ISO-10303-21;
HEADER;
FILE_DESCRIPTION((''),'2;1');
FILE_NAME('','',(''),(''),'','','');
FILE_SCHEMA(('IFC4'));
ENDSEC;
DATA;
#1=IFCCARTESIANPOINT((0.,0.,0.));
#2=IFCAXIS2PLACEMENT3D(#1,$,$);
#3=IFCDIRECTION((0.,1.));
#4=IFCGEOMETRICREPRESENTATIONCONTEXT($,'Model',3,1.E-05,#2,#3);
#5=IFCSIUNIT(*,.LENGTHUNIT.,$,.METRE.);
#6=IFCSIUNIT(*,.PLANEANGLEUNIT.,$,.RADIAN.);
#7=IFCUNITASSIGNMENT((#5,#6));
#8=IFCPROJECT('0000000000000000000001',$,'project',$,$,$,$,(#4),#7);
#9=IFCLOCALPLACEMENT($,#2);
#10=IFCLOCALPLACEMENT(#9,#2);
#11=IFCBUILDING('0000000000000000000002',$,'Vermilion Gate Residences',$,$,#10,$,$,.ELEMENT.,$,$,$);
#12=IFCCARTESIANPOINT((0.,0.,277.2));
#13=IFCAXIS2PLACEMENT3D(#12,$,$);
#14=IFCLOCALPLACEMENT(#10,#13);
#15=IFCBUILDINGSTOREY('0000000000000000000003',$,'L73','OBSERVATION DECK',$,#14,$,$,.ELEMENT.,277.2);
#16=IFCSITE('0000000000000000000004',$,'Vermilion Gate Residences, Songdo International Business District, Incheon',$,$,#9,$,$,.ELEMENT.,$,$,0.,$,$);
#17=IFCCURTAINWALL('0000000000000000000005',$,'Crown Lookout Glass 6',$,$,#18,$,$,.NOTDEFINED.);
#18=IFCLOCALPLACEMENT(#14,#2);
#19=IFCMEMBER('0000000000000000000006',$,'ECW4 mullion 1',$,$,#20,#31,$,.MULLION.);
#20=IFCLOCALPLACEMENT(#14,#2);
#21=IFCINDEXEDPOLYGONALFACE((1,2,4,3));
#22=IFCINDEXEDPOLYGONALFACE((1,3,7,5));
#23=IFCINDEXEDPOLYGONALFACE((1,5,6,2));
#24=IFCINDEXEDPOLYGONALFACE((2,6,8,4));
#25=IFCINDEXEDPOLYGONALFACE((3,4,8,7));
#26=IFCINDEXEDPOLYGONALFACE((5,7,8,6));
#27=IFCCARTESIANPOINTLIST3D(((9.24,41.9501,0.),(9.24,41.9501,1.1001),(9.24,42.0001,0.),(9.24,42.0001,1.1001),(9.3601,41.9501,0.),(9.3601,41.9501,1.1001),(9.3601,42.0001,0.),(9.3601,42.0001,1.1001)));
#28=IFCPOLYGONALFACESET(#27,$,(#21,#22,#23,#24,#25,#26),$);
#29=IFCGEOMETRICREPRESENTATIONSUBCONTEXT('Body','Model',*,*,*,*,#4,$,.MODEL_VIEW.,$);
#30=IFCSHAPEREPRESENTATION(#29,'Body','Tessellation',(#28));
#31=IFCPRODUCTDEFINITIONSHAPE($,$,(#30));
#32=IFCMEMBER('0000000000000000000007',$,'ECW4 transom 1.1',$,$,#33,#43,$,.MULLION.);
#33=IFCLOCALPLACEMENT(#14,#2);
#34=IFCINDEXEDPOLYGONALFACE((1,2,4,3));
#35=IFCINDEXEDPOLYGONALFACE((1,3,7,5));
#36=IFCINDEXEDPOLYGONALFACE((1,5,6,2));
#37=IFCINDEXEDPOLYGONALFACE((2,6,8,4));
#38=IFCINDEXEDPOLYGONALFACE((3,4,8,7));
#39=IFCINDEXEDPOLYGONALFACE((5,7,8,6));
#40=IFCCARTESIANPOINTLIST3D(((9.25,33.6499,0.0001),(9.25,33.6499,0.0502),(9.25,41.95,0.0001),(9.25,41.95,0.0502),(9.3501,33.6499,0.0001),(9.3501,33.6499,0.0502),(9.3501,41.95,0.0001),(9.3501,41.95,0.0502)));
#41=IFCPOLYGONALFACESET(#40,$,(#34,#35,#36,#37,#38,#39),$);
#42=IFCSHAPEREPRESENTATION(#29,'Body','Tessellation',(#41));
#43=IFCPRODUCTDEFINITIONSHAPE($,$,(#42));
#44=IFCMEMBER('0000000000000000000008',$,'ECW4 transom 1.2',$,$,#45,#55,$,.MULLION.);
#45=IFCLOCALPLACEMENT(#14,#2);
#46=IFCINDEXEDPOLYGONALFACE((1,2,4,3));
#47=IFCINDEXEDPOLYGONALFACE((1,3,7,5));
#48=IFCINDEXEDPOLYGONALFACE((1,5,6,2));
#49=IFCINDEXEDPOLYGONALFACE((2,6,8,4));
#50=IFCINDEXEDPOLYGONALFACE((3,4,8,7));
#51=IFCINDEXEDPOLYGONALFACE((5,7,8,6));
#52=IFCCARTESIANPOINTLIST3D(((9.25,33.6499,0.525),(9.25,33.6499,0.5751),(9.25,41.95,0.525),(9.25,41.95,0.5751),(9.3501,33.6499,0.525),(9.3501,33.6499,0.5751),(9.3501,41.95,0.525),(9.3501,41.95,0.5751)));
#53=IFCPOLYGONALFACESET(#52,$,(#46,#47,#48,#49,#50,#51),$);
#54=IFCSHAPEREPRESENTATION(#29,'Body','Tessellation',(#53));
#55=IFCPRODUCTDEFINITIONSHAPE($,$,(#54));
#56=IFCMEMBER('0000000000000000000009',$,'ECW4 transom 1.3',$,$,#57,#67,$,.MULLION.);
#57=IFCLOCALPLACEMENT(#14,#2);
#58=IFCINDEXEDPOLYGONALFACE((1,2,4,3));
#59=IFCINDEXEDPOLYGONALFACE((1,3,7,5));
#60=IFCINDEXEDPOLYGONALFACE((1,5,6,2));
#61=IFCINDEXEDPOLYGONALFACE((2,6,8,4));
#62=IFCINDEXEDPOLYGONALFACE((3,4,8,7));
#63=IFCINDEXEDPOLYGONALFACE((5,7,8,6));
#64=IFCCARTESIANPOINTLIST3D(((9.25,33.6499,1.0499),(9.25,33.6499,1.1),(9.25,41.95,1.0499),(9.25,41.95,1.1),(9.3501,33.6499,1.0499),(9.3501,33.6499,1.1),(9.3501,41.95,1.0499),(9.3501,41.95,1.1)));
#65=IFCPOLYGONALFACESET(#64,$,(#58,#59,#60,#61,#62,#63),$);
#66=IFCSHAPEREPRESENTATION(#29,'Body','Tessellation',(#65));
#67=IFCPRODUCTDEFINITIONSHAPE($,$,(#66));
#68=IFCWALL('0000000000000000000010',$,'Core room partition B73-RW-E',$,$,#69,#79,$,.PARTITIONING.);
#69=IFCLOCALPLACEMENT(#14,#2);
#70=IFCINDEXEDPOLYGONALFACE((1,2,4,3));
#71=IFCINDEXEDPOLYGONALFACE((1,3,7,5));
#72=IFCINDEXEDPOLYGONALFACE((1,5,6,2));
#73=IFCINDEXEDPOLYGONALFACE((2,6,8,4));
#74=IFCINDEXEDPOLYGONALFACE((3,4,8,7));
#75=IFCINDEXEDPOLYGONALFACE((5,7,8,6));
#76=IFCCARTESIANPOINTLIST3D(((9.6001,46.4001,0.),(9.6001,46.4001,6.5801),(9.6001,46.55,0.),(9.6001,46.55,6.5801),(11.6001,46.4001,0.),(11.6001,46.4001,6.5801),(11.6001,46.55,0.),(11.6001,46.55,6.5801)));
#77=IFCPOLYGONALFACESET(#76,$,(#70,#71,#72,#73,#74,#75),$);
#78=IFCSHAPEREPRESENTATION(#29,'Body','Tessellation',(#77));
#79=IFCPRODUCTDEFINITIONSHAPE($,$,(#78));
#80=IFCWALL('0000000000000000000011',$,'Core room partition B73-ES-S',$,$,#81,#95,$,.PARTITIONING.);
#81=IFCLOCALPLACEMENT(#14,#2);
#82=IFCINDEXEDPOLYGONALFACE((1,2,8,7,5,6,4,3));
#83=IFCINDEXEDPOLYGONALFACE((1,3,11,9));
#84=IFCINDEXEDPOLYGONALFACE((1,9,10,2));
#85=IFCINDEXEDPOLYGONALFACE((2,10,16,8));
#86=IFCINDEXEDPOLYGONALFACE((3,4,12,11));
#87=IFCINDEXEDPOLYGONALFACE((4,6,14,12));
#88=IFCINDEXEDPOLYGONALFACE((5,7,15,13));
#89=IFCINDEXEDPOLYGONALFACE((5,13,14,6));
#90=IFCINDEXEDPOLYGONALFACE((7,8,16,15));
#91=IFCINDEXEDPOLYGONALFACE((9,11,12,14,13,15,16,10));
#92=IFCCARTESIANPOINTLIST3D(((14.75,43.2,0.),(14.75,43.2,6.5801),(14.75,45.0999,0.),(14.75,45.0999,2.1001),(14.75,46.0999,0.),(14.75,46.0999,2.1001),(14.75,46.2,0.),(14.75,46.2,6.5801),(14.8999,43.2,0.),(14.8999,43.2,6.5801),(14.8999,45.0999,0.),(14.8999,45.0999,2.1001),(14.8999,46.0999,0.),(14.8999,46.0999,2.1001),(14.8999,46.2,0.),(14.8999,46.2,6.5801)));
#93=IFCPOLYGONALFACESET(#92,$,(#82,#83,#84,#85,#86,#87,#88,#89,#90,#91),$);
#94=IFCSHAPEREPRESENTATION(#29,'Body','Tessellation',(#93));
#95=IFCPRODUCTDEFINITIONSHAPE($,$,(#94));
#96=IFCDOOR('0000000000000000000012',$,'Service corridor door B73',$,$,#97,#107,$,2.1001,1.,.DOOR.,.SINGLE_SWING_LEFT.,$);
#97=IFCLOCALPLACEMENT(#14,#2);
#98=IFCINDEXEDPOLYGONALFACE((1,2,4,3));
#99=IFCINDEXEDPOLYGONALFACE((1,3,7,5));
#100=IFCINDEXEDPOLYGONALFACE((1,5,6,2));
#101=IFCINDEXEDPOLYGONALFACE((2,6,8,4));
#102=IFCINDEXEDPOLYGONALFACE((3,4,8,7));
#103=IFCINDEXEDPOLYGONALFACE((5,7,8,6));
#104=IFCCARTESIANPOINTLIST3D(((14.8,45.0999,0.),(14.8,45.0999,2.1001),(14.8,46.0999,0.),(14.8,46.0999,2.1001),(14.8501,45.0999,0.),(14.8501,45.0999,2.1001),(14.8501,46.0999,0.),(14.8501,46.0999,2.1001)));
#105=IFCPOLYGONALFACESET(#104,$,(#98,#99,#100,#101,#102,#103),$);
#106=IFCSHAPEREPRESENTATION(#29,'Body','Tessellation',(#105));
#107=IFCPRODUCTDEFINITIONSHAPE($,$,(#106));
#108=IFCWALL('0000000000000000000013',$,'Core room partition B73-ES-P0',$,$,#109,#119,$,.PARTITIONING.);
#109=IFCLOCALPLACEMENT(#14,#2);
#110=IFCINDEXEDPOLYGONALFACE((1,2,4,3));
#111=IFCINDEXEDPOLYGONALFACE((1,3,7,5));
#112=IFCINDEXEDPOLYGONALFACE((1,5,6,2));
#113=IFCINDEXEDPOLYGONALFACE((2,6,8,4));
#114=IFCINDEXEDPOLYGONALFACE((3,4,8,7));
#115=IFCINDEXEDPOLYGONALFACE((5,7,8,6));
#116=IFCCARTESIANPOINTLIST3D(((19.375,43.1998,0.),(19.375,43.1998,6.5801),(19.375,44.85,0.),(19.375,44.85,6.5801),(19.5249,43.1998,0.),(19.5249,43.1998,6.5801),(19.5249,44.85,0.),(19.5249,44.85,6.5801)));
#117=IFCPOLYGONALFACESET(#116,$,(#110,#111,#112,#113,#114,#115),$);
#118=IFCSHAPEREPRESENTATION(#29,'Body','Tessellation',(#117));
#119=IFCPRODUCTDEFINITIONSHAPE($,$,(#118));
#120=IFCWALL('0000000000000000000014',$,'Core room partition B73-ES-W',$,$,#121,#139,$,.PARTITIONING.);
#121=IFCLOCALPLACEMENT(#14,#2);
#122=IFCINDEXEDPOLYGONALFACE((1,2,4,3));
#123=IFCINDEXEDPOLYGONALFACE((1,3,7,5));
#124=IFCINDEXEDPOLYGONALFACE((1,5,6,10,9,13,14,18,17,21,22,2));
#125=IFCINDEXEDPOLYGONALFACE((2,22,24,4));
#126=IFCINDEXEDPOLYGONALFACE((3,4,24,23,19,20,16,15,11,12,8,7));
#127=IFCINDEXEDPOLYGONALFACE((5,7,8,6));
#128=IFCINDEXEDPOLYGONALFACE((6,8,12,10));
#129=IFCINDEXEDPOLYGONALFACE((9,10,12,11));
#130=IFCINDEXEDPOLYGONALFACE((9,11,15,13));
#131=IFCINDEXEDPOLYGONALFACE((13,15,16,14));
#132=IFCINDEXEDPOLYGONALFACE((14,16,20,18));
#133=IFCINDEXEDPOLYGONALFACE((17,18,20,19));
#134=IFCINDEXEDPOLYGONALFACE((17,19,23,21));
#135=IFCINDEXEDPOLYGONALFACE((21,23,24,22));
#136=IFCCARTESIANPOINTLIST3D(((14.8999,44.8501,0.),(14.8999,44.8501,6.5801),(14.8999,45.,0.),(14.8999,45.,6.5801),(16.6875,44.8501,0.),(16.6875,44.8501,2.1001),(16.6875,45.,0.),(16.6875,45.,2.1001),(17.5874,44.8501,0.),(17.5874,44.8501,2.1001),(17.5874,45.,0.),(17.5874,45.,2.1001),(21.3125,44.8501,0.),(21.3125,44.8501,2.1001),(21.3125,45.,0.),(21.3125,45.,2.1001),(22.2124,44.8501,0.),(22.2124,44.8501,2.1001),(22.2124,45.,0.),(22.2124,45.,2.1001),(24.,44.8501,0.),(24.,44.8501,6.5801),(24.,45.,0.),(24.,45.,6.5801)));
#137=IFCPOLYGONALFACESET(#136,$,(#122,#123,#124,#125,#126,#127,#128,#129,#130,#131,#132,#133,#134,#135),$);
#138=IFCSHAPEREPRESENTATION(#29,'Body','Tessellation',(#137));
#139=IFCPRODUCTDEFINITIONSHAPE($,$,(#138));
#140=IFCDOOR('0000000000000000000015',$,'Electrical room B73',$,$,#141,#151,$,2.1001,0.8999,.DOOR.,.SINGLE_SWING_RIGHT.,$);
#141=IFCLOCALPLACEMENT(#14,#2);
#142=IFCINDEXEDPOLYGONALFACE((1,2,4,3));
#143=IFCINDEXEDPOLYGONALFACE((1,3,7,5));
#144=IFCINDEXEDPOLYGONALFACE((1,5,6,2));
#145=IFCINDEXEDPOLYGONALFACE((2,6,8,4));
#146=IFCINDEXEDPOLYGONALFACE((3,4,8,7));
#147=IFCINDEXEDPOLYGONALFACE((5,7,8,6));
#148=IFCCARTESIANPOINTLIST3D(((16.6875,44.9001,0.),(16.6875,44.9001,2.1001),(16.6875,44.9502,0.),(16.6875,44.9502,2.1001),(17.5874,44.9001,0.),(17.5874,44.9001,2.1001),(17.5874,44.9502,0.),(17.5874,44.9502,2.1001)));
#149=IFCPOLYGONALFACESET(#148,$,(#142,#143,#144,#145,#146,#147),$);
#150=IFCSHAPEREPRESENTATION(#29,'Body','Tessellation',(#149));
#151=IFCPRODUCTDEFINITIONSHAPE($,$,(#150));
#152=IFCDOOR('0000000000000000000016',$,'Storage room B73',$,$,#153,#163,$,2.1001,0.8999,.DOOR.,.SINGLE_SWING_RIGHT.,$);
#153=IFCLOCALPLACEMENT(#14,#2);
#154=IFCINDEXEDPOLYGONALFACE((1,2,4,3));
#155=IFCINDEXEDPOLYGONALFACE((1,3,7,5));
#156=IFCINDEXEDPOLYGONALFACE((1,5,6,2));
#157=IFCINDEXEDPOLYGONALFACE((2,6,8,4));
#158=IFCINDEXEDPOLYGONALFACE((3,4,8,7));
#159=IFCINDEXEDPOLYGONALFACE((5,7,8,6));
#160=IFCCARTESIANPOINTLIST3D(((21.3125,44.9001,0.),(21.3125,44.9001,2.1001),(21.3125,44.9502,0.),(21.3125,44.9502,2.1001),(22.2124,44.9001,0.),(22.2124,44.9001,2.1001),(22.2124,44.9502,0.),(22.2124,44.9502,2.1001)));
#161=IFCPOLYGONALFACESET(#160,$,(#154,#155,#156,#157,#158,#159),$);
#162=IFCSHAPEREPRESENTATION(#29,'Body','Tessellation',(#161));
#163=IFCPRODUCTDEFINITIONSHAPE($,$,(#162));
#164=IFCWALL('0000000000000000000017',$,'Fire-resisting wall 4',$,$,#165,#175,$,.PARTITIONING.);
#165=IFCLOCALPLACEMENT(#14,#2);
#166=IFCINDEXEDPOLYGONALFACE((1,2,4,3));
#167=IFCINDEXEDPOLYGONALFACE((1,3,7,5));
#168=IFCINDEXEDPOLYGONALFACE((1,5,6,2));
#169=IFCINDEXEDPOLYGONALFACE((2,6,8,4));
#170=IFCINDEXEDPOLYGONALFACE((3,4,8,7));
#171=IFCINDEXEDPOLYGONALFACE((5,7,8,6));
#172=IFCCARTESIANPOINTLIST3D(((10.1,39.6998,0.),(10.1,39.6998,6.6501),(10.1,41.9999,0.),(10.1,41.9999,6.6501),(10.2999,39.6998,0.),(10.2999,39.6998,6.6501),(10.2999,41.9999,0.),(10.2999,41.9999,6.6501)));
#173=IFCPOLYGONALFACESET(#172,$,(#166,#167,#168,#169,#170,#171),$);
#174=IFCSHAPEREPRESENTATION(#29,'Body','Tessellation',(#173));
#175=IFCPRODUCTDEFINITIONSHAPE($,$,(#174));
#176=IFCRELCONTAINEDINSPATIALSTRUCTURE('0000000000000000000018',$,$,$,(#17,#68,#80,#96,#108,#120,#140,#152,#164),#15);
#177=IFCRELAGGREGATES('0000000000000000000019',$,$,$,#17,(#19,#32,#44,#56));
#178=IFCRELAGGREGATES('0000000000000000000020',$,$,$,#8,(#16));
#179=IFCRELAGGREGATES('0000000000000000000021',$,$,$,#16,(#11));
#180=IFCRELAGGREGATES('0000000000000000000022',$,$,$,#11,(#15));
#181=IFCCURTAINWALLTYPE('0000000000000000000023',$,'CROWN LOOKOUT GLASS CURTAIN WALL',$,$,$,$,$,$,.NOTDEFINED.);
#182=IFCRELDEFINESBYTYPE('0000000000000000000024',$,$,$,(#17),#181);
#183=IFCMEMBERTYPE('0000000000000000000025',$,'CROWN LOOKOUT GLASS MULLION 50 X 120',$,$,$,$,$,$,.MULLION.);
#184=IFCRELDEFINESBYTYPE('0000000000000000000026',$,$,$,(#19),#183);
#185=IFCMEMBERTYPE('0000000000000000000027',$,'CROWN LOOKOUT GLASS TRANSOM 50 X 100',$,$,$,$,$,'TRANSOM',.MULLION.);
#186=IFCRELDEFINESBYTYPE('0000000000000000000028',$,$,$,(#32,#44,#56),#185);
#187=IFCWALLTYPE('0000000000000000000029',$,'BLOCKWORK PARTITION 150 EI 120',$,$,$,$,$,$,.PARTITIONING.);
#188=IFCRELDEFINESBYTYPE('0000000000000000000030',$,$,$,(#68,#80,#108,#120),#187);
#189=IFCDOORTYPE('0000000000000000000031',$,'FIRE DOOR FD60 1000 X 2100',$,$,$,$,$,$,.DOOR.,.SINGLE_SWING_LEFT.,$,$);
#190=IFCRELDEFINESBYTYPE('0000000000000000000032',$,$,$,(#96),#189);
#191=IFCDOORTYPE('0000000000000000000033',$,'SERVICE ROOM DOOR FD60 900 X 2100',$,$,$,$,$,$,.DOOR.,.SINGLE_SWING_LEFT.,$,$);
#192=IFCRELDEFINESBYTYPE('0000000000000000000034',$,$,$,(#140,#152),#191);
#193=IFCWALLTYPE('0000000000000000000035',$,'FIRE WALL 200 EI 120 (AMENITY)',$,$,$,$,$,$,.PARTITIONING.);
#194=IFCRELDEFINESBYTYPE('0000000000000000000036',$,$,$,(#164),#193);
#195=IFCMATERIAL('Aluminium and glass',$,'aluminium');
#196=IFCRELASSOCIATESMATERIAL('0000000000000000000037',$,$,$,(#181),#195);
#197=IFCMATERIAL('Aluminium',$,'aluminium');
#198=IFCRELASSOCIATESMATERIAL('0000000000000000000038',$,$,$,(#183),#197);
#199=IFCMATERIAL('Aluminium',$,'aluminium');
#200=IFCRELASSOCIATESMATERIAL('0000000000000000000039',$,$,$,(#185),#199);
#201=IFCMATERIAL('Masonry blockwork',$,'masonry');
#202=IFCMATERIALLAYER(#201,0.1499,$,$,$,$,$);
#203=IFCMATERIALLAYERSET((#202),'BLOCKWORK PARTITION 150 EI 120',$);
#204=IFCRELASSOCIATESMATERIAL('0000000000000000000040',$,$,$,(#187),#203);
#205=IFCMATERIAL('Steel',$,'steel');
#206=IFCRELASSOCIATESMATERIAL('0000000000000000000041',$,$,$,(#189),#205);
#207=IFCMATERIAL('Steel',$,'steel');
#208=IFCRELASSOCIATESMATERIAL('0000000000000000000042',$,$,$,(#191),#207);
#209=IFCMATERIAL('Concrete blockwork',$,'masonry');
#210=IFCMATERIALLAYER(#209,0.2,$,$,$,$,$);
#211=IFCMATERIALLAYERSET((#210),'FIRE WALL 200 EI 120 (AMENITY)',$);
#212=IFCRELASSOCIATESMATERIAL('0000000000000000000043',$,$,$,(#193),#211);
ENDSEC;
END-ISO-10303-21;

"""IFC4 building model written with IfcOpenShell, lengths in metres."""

from ifc_helpers import new_model, si_unit, direction, frame, frame_2d, origin, origin_2d, place, context, subcontext, project, spatial, rectangle, extrude, material, layer, layer_set, material_profile, profile_set, type_object, element, fill, aggregate, save


model = new_model("IFC4")

# Units and contexts
model_context = context("Model", 3, precision=1e-05, world=origin(), true_north=direction((0.0, 1.0)))
body_context = subcontext(model_context, "Body", "Model", "MODEL_VIEW")
ifc_project = project(units=[si_unit("LENGTHUNIT", "METRE"), si_unit("PLANEANGLEUNIT", "RADIAN")], contexts=[model_context])

# Site, building, storey
site_placement = place(None, origin())
site = spatial("IfcSite", under=ifc_project, at=site_placement, Name="Vermilion Gate Residences, Songdo International Business District, Incheon", CompositionType="ELEMENT", RefElevation=0.0)
building_placement = place(site_placement, origin())
building = spatial("IfcBuilding", under=site, at=building_placement, Name="Vermilion Gate Residences", CompositionType="ELEMENT")
storey_placement = place(building_placement, frame((0.0, 0.0, 277.2)))
storey = spatial("IfcBuildingStorey", under=building, at=storey_placement, Name="L73", Description="OBSERVATION DECK", CompositionType="ELEMENT", Elevation=277.2)

# Curtain wall, members
ifc_material_1 = material(Name="Aluminium and glass", Category="aluminium")
curtain_wall_type = type_object("IfcCurtainWallType", Name="CROWN LOOKOUT GLASS CURTAIN WALL", PredefinedType="NOTDEFINED", material=ifc_material_1)
curtain_wall_placement = place(storey_placement, origin())
curtain_wall = element("IfcCurtainWall", 1, at=curtain_wall_placement, inside=storey, type_object=curtain_wall_type, Name="Crown Lookout Glass 6", PredefinedType="NOTDEFINED")
ifc_material_2 = material(Name="Aluminium", Category="aluminium")
ifc_material_profile_1 = material_profile(ifc_material_2, rectangle(XDim=0.1201, YDim=0.05, at=origin_2d()), Name="MULLION 50 X 120")
ifc_profile_set_1 = profile_set([ifc_material_profile_1], Name="Aluminium")
member_type_1 = type_object("IfcMemberType", Name="CROWN LOOKOUT GLASS MULLION 50 X 120", PredefinedType="MULLION", material=ifc_profile_set_1)
member_1_placement = place(storey_placement, frame((9.3, 41.9751, 0.0), z_axis=(0.0, 0.0, 1.0), x_axis=(1.0, 0.0, 0.0)))
member_1 = element("IfcMember", 2, at=member_1_placement, type_object=member_type_1, Name="ECW4 mullion 1", PredefinedType="MULLION", context=body_context, shape_type="SweptSolid", body=[
    extrude(rectangle(XDim=0.1201, YDim=0.05, at=origin_2d()), origin(), (0.0, 0.0, 1.0), 1.1001),
])
ifc_material_3 = material(Name="Aluminium", Category="aluminium")
ifc_material_profile_2 = material_profile(ifc_material_3, rectangle(XDim=0.1001, YDim=0.05, at=origin_2d()), Name="TRANSOM 50 X 100")
ifc_profile_set_2 = profile_set([ifc_material_profile_2], Name="Aluminium")
member_type_2 = type_object("IfcMemberType", Name="CROWN LOOKOUT GLASS TRANSOM 50 X 100", ElementType="TRANSOM", PredefinedType="MULLION", material=ifc_profile_set_2)
member_2_placement = place(storey_placement, frame((9.3, 41.95, 0.0251), z_axis=(0.0, -1.0, 0.0), x_axis=(1.0, 0.0, 0.0)))
member_2 = element("IfcMember", 3, at=member_2_placement, type_object=member_type_2, Name="ECW4 transom 1.1", PredefinedType="MULLION", context=body_context, shape_type="SweptSolid", body=[
    extrude(rectangle(XDim=0.1001, YDim=0.05, at=origin_2d()), origin(), (0.0, 0.0, 1.0), 8.3),
])
member_3_placement = place(storey_placement, frame((9.3, 41.95, 0.55), z_axis=(0.0, -1.0, 0.0), x_axis=(1.0, 0.0, 0.0)))
member_3 = element("IfcMember", 4, at=member_3_placement, type_object=member_type_2, Name="ECW4 transom 1.2", PredefinedType="MULLION", context=body_context, shape_type="SweptSolid", body=[
    extrude(rectangle(XDim=0.1001, YDim=0.05, at=origin_2d()), origin(), (0.0, 0.0, 1.0), 8.3),
])
member_4_placement = place(storey_placement, frame((9.3, 41.95, 1.075), z_axis=(0.0, -1.0, 0.0), x_axis=(1.0, 0.0, 0.0)))
member_4 = element("IfcMember", 5, at=member_4_placement, type_object=member_type_2, Name="ECW4 transom 1.3", PredefinedType="MULLION", context=body_context, shape_type="SweptSolid", body=[
    extrude(rectangle(XDim=0.1001, YDim=0.05, at=origin_2d()), origin(), (0.0, 0.0, 1.0), 8.3),
])
aggregate(curtain_wall, [member_1, member_2, member_3, member_4])

# Wall
ifc_material_4 = material(Name="Masonry blockwork", Category="masonry")
ifc_layer_1 = layer(ifc_material_4, 0.1499)
ifc_layer_set_1 = layer_set([ifc_layer_1], Name="BLOCKWORK PARTITION 150 EI 120")
wall_type_1 = type_object("IfcWallType", Name="BLOCKWORK PARTITION 150 EI 120", PredefinedType="PARTITIONING", material=ifc_layer_set_1)
wall_1_placement = place(storey_placement, frame((9.6001, 46.4751, 0.0), z_axis=(0.0, 0.0, 1.0), x_axis=(1.0, 0.0, 0.0)))
element("IfcWall", 6, at=wall_1_placement, inside=storey, type_object=wall_type_1, Name="Core room partition B73-RW-E", PredefinedType="PARTITIONING", context=body_context, shape_type="SweptSolid", body=[
    extrude(rectangle(XDim=2.0, YDim=0.1499, at=frame_2d((1.0, 0.0))), origin(), (0.0, 0.0, 1.0), 6.5801),
])

# Wall, opening, door
wall_2_placement = place(storey_placement, frame((14.825, 46.2, 0.0), z_axis=(0.0, 0.0, 1.0), x_axis=(0.0, -1.0, 0.0)))
wall_2 = element("IfcWall", 7, at=wall_2_placement, inside=storey, type_object=wall_type_1, Name="Core room partition B73-ES-S", PredefinedType="PARTITIONING", context=body_context, shape_type="SweptSolid", body=[
    extrude(rectangle(XDim=3.0, YDim=0.1499, at=frame_2d((1.5, 0.0))), origin(), (0.0, 0.0, 1.0), 6.5801),
])
opening_1_placement = place(wall_2_placement, frame((0.1001, 0.0, 0.0)))
opening_1 = element("IfcOpeningElement", 8, at=opening_1_placement, cuts=wall_2, PredefinedType="OPENING", context=body_context, shape_type="SweptSolid", body=[
    extrude(rectangle(XDim=1.0, YDim=2.1001, at=frame_2d((0.5, 1.05))), frame((0.0, 0.085, 0.0), z_axis=(0.0, -1.0, 0.0), x_axis=(1.0, 0.0, 0.0)), (0.0, 0.0, 1.0), 0.1699),
])
ifc_material_5 = material(Name="Steel", Category="steel")
door_type_1 = type_object("IfcDoorType", Name="FIRE DOOR FD60 1000 X 2100", OperationType="SINGLE_SWING_LEFT", PredefinedType="DOOR", material=ifc_material_5)
door_1_placement = place(opening_1_placement, frame((1.0, 0.0, 0.0), z_axis=(0.0, 0.0, 1.0), x_axis=(-1.0, 0.0, 0.0)))
door_1 = element("IfcDoor", 9, at=door_1_placement, inside=storey, type_object=door_type_1, Name="Service corridor door B73", OperationType="SINGLE_SWING_LEFT", OverallHeight=2.1001, OverallWidth=1.0, PredefinedType="DOOR", context=body_context, shape_type="SweptSolid", body=[
    extrude(rectangle(XDim=1.0, YDim=2.1001, at=frame_2d((0.5, 1.05))), frame((0.0, 0.0249, 0.0), z_axis=(0.0, -1.0, 0.0), x_axis=(1.0, 0.0, 0.0)), (0.0, 0.0, 1.0), 0.05),
])
fill(opening_1, door_1)

# Wall
wall_3_placement = place(storey_placement, frame((19.45, 44.8501, 0.0), z_axis=(0.0, 0.0, 1.0), x_axis=(0.0, -1.0, 0.0)))
element("IfcWall", 10, at=wall_3_placement, inside=storey, type_object=wall_type_1, Name="Core room partition B73-ES-P0", PredefinedType="PARTITIONING", context=body_context, shape_type="SweptSolid", body=[
    extrude(rectangle(XDim=1.6501, YDim=0.1499, at=frame_2d((0.8252, 0.0))), origin(), (0.0, 0.0, 1.0), 6.5801),
])

# Wall, openings, doors
wall_4_placement = place(storey_placement, frame((14.8999, 44.925, 0.0), z_axis=(0.0, 0.0, 1.0), x_axis=(1.0, 0.0, 0.0)))
wall_4 = element("IfcWall", 11, at=wall_4_placement, inside=storey, type_object=wall_type_1, Name="Core room partition B73-ES-W", PredefinedType="PARTITIONING", context=body_context, shape_type="SweptSolid", body=[
    extrude(rectangle(XDim=9.1001, YDim=0.1499, at=frame_2d((4.55, 0.0))), origin(), (0.0, 0.0, 1.0), 6.5801),
])
opening_2_placement = place(wall_4_placement, frame((1.7876, 0.0, 0.0)))
opening_2 = element("IfcOpeningElement", 12, at=opening_2_placement, cuts=wall_4, PredefinedType="OPENING", context=body_context, shape_type="SweptSolid", body=[
    extrude(rectangle(XDim=0.8999, YDim=2.1001, at=frame_2d((0.45, 1.05))), frame((0.0, 0.085, 0.0), z_axis=(0.0, -1.0, 0.0), x_axis=(1.0, 0.0, 0.0)), (0.0, 0.0, 1.0), 0.1699),
])
opening_3_placement = place(wall_4_placement, frame((6.4126, 0.0, 0.0)))
opening_3 = element("IfcOpeningElement", 13, at=opening_3_placement, cuts=wall_4, PredefinedType="OPENING", context=body_context, shape_type="SweptSolid", body=[
    extrude(rectangle(XDim=0.8999, YDim=2.1001, at=frame_2d((0.45, 1.05))), frame((0.0, 0.085, 0.0), z_axis=(0.0, -1.0, 0.0), x_axis=(1.0, 0.0, 0.0)), (0.0, 0.0, 1.0), 0.1699),
])
ifc_material_6 = material(Name="Steel", Category="steel")
door_type_2 = type_object("IfcDoorType", Name="SERVICE ROOM DOOR FD60 900 X 2100", OperationType="SINGLE_SWING_LEFT", PredefinedType="DOOR", material=ifc_material_6)
door_2_placement = place(opening_2_placement, frame((0.8999, 0.0, 0.0), z_axis=(0.0, 0.0, 1.0), x_axis=(-1.0, 0.0, 0.0)))
door_2 = element("IfcDoor", 14, at=door_2_placement, inside=storey, type_object=door_type_2, Name="Electrical room B73", OperationType="SINGLE_SWING_RIGHT", OverallHeight=2.1001, OverallWidth=0.8999, PredefinedType="DOOR", context=body_context, shape_type="SweptSolid", body=[
    extrude(rectangle(XDim=0.8999, YDim=2.1001, at=frame_2d((0.45, 1.05))), frame((0.0, 0.0249, 0.0), z_axis=(0.0, -1.0, 0.0), x_axis=(1.0, 0.0, 0.0)), (0.0, 0.0, 1.0), 0.05),
])
fill(opening_2, door_2)
door_3_placement = place(opening_3_placement, frame((0.8999, 0.0, 0.0), z_axis=(0.0, 0.0, 1.0), x_axis=(-1.0, 0.0, 0.0)))
door_3 = element("IfcDoor", 15, at=door_3_placement, inside=storey, type_object=door_type_2, Name="Storage room B73", OperationType="SINGLE_SWING_RIGHT", OverallHeight=2.1001, OverallWidth=0.8999, PredefinedType="DOOR", context=body_context, shape_type="SweptSolid", body=[
    extrude(rectangle(XDim=0.8999, YDim=2.1001, at=frame_2d((0.45, 1.05))), frame((0.0, 0.0249, 0.0), z_axis=(0.0, -1.0, 0.0), x_axis=(1.0, 0.0, 0.0)), (0.0, 0.0, 1.0), 0.05),
])
fill(opening_3, door_3)

# Wall
ifc_material_7 = material(Name="Concrete blockwork", Category="masonry")
ifc_layer_2 = layer(ifc_material_7, 0.2)
ifc_layer_set_2 = layer_set([ifc_layer_2], Name="FIRE WALL 200 EI 120 (AMENITY)")
wall_type_2 = type_object("IfcWallType", Name="FIRE WALL 200 EI 120 (AMENITY)", PredefinedType="PARTITIONING", material=ifc_layer_set_2)
wall_5_placement = place(storey_placement, frame((10.2, 39.7, 0.0), z_axis=(0.0, 0.0, 1.0), x_axis=(0.0, 1.0, 0.0)))
element("IfcWall", 16, at=wall_5_placement, inside=storey, type_object=wall_type_2, Name="Fire-resisting wall 4", PredefinedType="PARTITIONING", context=body_context, shape_type="SweptSolid", body=[
    extrude(rectangle(XDim=2.3, YDim=0.2, at=frame_2d((1.1499, 0.0))), origin(), (0.0, 0.0, 1.0), 6.6501),
])

save(model, "model.ifc")
